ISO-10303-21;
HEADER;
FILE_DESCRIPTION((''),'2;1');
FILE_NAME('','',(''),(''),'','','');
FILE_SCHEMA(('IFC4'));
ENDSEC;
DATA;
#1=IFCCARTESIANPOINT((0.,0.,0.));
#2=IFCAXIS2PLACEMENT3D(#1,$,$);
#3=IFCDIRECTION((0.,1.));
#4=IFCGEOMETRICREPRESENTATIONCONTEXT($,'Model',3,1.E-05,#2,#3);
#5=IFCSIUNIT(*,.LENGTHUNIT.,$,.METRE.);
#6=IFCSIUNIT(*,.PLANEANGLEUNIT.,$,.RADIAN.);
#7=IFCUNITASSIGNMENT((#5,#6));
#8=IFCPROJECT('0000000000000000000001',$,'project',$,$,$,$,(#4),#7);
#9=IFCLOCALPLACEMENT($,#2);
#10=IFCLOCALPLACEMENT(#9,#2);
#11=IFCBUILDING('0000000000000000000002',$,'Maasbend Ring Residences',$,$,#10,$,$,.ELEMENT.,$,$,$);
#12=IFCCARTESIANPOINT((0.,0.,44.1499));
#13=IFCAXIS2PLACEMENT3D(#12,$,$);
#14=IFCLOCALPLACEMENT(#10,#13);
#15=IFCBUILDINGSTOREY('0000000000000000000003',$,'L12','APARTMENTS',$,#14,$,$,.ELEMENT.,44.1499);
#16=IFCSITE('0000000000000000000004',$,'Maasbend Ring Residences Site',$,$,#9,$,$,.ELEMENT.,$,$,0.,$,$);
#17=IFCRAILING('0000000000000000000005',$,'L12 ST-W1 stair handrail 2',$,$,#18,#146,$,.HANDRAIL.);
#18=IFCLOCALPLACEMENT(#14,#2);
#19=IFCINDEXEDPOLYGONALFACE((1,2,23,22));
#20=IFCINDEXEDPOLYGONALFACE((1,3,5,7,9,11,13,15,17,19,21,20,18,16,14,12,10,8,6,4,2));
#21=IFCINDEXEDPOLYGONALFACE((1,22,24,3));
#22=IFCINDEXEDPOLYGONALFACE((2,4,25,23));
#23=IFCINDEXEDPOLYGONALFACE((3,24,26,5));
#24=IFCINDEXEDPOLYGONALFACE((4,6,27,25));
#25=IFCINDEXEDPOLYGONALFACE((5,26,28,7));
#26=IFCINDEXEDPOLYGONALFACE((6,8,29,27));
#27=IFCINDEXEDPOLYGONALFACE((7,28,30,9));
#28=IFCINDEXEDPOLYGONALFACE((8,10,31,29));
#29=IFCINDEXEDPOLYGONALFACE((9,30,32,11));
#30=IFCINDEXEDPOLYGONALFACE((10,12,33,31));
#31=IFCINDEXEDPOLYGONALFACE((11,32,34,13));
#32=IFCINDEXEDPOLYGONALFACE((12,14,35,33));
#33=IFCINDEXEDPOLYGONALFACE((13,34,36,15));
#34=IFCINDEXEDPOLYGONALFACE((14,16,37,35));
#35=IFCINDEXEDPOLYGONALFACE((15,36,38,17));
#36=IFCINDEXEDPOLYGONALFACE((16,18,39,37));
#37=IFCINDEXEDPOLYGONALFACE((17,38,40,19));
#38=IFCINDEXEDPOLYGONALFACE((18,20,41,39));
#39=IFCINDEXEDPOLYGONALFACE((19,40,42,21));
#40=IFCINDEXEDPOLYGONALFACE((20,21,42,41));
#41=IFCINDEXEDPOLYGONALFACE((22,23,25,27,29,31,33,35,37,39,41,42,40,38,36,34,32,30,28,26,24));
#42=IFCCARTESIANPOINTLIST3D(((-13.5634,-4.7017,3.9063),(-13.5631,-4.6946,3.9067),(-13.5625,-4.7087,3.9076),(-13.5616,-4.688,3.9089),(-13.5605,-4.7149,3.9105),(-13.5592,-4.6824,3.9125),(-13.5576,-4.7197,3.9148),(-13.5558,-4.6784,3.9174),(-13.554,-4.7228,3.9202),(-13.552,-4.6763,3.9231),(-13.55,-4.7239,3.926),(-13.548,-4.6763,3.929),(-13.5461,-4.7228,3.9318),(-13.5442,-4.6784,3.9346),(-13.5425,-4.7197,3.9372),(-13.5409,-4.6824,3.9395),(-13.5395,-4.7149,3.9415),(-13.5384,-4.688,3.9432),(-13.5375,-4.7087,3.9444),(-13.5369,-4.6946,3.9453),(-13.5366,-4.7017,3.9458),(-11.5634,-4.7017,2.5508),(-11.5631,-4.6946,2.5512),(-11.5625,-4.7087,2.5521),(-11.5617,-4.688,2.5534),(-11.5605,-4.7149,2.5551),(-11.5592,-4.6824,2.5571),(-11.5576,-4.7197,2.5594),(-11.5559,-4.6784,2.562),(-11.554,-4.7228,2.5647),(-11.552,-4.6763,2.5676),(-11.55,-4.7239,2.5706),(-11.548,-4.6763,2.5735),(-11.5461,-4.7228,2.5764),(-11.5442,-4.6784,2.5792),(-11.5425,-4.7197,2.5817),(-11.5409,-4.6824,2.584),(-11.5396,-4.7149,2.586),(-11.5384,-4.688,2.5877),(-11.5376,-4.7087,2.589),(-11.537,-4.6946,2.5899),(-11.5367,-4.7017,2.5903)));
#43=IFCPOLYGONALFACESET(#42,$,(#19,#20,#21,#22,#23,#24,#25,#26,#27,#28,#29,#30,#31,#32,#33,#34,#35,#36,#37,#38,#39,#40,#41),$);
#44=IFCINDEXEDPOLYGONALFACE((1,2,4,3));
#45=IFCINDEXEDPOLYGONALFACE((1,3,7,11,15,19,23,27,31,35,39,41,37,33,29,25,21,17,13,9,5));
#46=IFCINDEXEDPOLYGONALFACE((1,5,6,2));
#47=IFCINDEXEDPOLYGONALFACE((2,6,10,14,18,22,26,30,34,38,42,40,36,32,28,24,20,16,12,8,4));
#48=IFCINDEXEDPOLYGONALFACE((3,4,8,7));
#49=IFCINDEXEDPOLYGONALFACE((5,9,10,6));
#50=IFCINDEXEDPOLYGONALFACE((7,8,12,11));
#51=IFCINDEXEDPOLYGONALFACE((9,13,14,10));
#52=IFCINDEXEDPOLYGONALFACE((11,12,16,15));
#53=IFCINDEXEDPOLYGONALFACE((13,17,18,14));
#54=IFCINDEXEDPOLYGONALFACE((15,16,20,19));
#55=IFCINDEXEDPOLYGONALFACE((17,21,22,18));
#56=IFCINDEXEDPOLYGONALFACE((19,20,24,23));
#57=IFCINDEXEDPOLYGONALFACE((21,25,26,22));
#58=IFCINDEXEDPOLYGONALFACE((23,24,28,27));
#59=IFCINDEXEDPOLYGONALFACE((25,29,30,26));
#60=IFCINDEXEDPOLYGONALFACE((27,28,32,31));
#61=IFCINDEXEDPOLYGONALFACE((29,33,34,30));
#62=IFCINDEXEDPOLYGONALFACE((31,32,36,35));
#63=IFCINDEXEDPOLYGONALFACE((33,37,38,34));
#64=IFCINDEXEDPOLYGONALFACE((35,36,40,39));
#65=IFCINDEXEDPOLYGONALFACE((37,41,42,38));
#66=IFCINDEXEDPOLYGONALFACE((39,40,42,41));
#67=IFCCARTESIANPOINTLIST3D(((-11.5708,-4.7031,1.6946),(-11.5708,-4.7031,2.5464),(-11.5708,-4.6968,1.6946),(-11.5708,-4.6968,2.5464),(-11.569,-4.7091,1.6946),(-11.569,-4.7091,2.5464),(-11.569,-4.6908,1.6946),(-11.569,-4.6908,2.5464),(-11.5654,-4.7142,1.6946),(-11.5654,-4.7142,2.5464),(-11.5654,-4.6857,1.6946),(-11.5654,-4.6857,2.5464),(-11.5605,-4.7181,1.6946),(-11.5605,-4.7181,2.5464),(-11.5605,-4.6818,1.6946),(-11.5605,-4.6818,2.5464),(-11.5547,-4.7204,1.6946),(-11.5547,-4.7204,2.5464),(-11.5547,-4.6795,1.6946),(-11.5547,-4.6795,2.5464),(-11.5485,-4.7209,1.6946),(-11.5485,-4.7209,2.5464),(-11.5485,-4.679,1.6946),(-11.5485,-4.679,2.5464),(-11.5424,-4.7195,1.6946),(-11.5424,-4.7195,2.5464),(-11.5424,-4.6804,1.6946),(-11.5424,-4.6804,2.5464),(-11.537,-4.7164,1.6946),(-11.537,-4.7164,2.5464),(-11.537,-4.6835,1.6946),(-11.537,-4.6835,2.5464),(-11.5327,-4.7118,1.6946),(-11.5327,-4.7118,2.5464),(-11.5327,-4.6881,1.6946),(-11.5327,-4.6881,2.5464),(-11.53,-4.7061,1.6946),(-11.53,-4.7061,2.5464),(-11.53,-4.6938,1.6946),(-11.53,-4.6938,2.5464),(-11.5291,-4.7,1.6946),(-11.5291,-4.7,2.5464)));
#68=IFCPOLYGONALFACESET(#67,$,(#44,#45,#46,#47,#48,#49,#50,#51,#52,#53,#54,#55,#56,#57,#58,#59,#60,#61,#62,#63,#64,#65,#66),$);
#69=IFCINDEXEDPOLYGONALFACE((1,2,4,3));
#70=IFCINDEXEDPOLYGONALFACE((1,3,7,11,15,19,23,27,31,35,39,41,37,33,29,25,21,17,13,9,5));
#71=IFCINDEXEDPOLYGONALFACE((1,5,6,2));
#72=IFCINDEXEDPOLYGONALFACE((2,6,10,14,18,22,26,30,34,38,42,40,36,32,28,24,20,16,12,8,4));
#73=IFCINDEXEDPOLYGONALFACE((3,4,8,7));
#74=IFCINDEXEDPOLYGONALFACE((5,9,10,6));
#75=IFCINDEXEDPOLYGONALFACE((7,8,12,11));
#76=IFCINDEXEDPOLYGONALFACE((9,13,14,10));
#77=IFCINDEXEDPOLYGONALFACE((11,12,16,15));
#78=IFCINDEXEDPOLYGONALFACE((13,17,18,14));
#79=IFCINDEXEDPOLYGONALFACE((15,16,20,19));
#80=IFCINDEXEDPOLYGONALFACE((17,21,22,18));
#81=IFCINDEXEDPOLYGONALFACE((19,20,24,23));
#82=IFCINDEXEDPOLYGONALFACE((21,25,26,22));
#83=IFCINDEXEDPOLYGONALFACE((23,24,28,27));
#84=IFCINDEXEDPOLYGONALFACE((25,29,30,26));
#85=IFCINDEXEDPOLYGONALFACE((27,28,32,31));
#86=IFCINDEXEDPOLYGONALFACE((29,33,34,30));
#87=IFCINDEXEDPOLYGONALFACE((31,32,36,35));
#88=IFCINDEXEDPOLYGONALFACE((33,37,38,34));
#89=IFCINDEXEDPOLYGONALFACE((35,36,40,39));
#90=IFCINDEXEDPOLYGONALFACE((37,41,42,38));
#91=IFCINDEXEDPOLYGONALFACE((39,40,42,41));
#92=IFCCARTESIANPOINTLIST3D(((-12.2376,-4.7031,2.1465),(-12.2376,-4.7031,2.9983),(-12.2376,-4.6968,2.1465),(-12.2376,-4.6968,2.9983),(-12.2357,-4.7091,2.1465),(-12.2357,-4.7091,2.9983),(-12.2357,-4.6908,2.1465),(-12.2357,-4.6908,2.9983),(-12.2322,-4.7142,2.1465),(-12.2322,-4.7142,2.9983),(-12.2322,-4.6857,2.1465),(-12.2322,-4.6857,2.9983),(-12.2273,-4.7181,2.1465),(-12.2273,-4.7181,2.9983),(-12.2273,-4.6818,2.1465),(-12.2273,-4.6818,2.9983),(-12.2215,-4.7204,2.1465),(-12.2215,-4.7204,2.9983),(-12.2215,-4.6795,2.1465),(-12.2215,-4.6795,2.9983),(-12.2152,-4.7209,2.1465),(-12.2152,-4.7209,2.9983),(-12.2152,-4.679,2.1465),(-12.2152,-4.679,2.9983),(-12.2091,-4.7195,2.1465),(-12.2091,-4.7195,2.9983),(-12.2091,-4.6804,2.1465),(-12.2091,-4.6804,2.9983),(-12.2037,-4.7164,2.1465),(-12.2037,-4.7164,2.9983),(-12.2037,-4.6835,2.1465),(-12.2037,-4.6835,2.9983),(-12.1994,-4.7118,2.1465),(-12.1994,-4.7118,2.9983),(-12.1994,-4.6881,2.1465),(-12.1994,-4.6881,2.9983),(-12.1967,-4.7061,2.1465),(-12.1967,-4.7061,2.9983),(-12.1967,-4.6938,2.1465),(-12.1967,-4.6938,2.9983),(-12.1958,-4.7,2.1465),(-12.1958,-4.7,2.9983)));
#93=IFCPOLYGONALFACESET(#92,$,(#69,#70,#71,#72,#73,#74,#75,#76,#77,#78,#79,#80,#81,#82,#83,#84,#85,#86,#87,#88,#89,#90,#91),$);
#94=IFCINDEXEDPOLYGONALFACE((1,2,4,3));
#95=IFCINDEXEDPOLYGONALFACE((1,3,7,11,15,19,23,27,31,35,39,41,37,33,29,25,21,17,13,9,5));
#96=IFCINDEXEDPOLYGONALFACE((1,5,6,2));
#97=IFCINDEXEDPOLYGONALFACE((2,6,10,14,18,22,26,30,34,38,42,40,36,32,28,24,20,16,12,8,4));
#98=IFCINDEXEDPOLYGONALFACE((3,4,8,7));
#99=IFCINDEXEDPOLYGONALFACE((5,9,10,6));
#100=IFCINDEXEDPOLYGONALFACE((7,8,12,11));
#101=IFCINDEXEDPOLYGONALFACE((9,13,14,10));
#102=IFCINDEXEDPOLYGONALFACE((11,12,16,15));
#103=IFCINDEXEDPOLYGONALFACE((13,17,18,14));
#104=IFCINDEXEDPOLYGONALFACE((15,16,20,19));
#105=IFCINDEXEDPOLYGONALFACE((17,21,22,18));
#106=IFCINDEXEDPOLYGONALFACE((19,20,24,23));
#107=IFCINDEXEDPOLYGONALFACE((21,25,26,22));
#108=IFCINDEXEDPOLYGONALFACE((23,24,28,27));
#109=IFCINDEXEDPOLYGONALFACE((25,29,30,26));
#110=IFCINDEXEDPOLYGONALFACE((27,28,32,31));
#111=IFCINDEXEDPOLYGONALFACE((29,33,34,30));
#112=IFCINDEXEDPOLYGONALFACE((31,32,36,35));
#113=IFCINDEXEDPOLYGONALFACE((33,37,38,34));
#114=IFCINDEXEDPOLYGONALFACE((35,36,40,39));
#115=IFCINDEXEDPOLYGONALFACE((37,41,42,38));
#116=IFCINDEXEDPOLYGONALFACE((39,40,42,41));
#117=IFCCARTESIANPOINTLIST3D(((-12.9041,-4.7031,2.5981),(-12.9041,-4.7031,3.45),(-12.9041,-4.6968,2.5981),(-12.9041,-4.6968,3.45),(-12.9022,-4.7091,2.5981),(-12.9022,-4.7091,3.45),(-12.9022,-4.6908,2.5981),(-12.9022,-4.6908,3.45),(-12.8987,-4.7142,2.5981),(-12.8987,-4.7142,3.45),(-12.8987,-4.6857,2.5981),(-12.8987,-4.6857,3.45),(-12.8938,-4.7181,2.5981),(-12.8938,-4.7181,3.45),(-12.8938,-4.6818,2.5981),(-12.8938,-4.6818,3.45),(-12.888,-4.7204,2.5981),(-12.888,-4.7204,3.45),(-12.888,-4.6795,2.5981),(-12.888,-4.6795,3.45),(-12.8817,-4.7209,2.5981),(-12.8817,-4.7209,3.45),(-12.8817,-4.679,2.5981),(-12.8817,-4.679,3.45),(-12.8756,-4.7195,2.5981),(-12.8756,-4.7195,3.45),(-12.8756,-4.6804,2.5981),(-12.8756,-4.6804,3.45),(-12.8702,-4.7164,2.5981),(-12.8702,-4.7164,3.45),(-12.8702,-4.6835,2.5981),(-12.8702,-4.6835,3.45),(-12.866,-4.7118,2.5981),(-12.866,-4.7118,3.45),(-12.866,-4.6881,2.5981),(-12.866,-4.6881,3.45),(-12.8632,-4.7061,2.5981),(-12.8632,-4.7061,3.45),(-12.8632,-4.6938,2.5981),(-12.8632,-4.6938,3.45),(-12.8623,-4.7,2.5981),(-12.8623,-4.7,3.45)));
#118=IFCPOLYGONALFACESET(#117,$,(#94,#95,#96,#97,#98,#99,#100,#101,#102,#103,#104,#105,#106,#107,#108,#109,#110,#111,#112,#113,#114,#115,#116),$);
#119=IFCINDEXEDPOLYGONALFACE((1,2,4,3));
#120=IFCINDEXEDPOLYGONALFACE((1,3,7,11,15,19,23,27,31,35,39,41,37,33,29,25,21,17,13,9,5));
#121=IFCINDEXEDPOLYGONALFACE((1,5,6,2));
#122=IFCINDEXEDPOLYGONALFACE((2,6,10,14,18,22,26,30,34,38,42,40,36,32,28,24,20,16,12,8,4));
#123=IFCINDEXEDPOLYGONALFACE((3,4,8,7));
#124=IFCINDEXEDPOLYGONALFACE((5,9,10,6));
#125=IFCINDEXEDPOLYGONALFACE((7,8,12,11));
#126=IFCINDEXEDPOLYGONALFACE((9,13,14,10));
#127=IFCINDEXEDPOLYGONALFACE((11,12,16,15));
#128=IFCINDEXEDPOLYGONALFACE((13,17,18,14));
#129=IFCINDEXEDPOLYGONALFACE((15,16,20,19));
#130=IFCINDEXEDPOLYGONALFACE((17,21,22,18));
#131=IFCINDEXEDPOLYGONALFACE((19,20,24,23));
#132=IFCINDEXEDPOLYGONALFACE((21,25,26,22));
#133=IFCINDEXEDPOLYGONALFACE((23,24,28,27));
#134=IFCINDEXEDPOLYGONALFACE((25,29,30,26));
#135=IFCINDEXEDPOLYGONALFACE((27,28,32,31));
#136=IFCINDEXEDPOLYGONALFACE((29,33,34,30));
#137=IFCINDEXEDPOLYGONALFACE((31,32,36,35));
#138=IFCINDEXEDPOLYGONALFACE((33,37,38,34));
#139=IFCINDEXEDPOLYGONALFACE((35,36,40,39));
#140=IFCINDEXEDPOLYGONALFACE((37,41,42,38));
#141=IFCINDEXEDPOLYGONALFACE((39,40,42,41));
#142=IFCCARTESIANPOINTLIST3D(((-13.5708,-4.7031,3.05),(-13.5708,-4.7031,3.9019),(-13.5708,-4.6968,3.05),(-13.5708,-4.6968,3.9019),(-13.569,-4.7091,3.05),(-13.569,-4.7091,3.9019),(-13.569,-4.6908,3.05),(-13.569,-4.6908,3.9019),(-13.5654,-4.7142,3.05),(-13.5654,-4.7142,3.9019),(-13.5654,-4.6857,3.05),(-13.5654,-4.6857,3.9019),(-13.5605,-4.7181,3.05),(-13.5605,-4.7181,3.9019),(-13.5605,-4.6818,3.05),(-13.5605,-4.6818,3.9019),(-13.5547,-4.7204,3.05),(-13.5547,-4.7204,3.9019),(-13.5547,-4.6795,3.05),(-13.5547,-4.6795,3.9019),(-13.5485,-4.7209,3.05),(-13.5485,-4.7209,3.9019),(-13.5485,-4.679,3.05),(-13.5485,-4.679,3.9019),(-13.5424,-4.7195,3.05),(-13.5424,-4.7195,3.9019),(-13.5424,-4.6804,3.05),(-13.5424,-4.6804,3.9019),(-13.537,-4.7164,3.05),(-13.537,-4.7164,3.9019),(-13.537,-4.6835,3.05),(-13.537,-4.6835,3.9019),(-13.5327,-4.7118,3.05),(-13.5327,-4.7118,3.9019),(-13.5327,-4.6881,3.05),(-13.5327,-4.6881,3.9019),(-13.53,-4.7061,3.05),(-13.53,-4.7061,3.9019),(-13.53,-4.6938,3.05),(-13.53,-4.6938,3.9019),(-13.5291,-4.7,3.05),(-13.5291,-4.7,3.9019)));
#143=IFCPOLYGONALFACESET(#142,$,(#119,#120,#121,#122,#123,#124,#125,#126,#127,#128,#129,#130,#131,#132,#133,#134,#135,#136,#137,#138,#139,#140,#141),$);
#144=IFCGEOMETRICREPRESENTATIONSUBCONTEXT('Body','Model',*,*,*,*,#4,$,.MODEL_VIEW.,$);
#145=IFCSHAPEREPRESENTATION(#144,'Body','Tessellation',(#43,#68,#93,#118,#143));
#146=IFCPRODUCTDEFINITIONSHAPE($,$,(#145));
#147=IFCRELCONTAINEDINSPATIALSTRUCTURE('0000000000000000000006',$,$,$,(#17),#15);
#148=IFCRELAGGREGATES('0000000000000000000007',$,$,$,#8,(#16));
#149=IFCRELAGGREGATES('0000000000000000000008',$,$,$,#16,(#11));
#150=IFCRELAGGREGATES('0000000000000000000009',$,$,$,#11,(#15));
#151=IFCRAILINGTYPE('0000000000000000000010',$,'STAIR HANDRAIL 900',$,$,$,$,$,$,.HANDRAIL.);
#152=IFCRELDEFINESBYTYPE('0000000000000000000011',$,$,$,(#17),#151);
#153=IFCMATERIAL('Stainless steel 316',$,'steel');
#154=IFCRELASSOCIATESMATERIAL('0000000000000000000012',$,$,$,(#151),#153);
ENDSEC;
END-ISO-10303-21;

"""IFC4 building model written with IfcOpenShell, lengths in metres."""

from ifc_helpers import new_model, si_unit, direction, frame, origin, origin_2d, place, context, subcontext, project, spatial, circle, extrude, material, type_object, element, save


model = new_model("IFC4")

# Units and contexts
model_context = context("Model", 3, precision=1e-05, world=origin(), true_north=direction((0.0, 1.0)))
body_context = subcontext(model_context, "Body", "Model", "MODEL_VIEW")
ifc_project = project(units=[si_unit("LENGTHUNIT", "METRE"), si_unit("PLANEANGLEUNIT", "RADIAN")], contexts=[model_context])

# Site, building, storey
site_placement = place(None, origin())
site = spatial("IfcSite", under=ifc_project, at=site_placement, Name="Maasbend Ring Residences Site", CompositionType="ELEMENT", RefElevation=0.0)
building_placement = place(site_placement, origin())
building = spatial("IfcBuilding", under=site, at=building_placement, Name="Maasbend Ring Residences", CompositionType="ELEMENT")
storey_placement = place(building_placement, frame((0.0, 0.0, 44.1499)))
storey = spatial("IfcBuildingStorey", under=building, at=storey_placement, Name="L12", Description="APARTMENTS", CompositionType="ELEMENT", Elevation=44.1499)

# Railing
ifc_material_1 = material(Name="Stainless steel 316", Category="steel")
railing_type_1 = type_object("IfcRailingType", Name="STAIR HANDRAIL 900", PredefinedType="HANDRAIL", material=ifc_material_1)
railing_1_placement = place(storey_placement, frame((-11.55, -4.7, 1.6946)))
element("IfcRailing", 1, at=railing_1_placement, inside=storey, type_object=railing_type_1, Name="L12 ST-W1 stair handrail 2", PredefinedType="HANDRAIL", context=body_context, shape_type="SweptSolid", body=[
    extrude(circle(Radius=0.0239, at=origin_2d()), frame((0.0, 0.0, 0.876), z_axis=(-0.827798, 0.0, 0.561027), x_axis=(0.0, -1.0, 0.0)), (0.0, 0.0, 1.0), 2.416),
    extrude(circle(Radius=0.021, at=origin_2d()), origin(), (0.0, 0.0, 1.0), 0.8518),
    extrude(circle(Radius=0.021, at=origin_2d()), frame((-0.6667, 0.0, 0.4519)), (0.0, 0.0, 1.0), 0.8518),
    extrude(circle(Radius=0.021, at=origin_2d()), frame((-1.3333, 0.0, 0.9036)), (0.0, 0.0, 1.0), 0.8518),
    extrude(circle(Radius=0.021, at=origin_2d()), frame((-2.0, 0.0, 1.3555)), (0.0, 0.0, 1.0), 0.8518),
])

save(model, "model.ifc")
